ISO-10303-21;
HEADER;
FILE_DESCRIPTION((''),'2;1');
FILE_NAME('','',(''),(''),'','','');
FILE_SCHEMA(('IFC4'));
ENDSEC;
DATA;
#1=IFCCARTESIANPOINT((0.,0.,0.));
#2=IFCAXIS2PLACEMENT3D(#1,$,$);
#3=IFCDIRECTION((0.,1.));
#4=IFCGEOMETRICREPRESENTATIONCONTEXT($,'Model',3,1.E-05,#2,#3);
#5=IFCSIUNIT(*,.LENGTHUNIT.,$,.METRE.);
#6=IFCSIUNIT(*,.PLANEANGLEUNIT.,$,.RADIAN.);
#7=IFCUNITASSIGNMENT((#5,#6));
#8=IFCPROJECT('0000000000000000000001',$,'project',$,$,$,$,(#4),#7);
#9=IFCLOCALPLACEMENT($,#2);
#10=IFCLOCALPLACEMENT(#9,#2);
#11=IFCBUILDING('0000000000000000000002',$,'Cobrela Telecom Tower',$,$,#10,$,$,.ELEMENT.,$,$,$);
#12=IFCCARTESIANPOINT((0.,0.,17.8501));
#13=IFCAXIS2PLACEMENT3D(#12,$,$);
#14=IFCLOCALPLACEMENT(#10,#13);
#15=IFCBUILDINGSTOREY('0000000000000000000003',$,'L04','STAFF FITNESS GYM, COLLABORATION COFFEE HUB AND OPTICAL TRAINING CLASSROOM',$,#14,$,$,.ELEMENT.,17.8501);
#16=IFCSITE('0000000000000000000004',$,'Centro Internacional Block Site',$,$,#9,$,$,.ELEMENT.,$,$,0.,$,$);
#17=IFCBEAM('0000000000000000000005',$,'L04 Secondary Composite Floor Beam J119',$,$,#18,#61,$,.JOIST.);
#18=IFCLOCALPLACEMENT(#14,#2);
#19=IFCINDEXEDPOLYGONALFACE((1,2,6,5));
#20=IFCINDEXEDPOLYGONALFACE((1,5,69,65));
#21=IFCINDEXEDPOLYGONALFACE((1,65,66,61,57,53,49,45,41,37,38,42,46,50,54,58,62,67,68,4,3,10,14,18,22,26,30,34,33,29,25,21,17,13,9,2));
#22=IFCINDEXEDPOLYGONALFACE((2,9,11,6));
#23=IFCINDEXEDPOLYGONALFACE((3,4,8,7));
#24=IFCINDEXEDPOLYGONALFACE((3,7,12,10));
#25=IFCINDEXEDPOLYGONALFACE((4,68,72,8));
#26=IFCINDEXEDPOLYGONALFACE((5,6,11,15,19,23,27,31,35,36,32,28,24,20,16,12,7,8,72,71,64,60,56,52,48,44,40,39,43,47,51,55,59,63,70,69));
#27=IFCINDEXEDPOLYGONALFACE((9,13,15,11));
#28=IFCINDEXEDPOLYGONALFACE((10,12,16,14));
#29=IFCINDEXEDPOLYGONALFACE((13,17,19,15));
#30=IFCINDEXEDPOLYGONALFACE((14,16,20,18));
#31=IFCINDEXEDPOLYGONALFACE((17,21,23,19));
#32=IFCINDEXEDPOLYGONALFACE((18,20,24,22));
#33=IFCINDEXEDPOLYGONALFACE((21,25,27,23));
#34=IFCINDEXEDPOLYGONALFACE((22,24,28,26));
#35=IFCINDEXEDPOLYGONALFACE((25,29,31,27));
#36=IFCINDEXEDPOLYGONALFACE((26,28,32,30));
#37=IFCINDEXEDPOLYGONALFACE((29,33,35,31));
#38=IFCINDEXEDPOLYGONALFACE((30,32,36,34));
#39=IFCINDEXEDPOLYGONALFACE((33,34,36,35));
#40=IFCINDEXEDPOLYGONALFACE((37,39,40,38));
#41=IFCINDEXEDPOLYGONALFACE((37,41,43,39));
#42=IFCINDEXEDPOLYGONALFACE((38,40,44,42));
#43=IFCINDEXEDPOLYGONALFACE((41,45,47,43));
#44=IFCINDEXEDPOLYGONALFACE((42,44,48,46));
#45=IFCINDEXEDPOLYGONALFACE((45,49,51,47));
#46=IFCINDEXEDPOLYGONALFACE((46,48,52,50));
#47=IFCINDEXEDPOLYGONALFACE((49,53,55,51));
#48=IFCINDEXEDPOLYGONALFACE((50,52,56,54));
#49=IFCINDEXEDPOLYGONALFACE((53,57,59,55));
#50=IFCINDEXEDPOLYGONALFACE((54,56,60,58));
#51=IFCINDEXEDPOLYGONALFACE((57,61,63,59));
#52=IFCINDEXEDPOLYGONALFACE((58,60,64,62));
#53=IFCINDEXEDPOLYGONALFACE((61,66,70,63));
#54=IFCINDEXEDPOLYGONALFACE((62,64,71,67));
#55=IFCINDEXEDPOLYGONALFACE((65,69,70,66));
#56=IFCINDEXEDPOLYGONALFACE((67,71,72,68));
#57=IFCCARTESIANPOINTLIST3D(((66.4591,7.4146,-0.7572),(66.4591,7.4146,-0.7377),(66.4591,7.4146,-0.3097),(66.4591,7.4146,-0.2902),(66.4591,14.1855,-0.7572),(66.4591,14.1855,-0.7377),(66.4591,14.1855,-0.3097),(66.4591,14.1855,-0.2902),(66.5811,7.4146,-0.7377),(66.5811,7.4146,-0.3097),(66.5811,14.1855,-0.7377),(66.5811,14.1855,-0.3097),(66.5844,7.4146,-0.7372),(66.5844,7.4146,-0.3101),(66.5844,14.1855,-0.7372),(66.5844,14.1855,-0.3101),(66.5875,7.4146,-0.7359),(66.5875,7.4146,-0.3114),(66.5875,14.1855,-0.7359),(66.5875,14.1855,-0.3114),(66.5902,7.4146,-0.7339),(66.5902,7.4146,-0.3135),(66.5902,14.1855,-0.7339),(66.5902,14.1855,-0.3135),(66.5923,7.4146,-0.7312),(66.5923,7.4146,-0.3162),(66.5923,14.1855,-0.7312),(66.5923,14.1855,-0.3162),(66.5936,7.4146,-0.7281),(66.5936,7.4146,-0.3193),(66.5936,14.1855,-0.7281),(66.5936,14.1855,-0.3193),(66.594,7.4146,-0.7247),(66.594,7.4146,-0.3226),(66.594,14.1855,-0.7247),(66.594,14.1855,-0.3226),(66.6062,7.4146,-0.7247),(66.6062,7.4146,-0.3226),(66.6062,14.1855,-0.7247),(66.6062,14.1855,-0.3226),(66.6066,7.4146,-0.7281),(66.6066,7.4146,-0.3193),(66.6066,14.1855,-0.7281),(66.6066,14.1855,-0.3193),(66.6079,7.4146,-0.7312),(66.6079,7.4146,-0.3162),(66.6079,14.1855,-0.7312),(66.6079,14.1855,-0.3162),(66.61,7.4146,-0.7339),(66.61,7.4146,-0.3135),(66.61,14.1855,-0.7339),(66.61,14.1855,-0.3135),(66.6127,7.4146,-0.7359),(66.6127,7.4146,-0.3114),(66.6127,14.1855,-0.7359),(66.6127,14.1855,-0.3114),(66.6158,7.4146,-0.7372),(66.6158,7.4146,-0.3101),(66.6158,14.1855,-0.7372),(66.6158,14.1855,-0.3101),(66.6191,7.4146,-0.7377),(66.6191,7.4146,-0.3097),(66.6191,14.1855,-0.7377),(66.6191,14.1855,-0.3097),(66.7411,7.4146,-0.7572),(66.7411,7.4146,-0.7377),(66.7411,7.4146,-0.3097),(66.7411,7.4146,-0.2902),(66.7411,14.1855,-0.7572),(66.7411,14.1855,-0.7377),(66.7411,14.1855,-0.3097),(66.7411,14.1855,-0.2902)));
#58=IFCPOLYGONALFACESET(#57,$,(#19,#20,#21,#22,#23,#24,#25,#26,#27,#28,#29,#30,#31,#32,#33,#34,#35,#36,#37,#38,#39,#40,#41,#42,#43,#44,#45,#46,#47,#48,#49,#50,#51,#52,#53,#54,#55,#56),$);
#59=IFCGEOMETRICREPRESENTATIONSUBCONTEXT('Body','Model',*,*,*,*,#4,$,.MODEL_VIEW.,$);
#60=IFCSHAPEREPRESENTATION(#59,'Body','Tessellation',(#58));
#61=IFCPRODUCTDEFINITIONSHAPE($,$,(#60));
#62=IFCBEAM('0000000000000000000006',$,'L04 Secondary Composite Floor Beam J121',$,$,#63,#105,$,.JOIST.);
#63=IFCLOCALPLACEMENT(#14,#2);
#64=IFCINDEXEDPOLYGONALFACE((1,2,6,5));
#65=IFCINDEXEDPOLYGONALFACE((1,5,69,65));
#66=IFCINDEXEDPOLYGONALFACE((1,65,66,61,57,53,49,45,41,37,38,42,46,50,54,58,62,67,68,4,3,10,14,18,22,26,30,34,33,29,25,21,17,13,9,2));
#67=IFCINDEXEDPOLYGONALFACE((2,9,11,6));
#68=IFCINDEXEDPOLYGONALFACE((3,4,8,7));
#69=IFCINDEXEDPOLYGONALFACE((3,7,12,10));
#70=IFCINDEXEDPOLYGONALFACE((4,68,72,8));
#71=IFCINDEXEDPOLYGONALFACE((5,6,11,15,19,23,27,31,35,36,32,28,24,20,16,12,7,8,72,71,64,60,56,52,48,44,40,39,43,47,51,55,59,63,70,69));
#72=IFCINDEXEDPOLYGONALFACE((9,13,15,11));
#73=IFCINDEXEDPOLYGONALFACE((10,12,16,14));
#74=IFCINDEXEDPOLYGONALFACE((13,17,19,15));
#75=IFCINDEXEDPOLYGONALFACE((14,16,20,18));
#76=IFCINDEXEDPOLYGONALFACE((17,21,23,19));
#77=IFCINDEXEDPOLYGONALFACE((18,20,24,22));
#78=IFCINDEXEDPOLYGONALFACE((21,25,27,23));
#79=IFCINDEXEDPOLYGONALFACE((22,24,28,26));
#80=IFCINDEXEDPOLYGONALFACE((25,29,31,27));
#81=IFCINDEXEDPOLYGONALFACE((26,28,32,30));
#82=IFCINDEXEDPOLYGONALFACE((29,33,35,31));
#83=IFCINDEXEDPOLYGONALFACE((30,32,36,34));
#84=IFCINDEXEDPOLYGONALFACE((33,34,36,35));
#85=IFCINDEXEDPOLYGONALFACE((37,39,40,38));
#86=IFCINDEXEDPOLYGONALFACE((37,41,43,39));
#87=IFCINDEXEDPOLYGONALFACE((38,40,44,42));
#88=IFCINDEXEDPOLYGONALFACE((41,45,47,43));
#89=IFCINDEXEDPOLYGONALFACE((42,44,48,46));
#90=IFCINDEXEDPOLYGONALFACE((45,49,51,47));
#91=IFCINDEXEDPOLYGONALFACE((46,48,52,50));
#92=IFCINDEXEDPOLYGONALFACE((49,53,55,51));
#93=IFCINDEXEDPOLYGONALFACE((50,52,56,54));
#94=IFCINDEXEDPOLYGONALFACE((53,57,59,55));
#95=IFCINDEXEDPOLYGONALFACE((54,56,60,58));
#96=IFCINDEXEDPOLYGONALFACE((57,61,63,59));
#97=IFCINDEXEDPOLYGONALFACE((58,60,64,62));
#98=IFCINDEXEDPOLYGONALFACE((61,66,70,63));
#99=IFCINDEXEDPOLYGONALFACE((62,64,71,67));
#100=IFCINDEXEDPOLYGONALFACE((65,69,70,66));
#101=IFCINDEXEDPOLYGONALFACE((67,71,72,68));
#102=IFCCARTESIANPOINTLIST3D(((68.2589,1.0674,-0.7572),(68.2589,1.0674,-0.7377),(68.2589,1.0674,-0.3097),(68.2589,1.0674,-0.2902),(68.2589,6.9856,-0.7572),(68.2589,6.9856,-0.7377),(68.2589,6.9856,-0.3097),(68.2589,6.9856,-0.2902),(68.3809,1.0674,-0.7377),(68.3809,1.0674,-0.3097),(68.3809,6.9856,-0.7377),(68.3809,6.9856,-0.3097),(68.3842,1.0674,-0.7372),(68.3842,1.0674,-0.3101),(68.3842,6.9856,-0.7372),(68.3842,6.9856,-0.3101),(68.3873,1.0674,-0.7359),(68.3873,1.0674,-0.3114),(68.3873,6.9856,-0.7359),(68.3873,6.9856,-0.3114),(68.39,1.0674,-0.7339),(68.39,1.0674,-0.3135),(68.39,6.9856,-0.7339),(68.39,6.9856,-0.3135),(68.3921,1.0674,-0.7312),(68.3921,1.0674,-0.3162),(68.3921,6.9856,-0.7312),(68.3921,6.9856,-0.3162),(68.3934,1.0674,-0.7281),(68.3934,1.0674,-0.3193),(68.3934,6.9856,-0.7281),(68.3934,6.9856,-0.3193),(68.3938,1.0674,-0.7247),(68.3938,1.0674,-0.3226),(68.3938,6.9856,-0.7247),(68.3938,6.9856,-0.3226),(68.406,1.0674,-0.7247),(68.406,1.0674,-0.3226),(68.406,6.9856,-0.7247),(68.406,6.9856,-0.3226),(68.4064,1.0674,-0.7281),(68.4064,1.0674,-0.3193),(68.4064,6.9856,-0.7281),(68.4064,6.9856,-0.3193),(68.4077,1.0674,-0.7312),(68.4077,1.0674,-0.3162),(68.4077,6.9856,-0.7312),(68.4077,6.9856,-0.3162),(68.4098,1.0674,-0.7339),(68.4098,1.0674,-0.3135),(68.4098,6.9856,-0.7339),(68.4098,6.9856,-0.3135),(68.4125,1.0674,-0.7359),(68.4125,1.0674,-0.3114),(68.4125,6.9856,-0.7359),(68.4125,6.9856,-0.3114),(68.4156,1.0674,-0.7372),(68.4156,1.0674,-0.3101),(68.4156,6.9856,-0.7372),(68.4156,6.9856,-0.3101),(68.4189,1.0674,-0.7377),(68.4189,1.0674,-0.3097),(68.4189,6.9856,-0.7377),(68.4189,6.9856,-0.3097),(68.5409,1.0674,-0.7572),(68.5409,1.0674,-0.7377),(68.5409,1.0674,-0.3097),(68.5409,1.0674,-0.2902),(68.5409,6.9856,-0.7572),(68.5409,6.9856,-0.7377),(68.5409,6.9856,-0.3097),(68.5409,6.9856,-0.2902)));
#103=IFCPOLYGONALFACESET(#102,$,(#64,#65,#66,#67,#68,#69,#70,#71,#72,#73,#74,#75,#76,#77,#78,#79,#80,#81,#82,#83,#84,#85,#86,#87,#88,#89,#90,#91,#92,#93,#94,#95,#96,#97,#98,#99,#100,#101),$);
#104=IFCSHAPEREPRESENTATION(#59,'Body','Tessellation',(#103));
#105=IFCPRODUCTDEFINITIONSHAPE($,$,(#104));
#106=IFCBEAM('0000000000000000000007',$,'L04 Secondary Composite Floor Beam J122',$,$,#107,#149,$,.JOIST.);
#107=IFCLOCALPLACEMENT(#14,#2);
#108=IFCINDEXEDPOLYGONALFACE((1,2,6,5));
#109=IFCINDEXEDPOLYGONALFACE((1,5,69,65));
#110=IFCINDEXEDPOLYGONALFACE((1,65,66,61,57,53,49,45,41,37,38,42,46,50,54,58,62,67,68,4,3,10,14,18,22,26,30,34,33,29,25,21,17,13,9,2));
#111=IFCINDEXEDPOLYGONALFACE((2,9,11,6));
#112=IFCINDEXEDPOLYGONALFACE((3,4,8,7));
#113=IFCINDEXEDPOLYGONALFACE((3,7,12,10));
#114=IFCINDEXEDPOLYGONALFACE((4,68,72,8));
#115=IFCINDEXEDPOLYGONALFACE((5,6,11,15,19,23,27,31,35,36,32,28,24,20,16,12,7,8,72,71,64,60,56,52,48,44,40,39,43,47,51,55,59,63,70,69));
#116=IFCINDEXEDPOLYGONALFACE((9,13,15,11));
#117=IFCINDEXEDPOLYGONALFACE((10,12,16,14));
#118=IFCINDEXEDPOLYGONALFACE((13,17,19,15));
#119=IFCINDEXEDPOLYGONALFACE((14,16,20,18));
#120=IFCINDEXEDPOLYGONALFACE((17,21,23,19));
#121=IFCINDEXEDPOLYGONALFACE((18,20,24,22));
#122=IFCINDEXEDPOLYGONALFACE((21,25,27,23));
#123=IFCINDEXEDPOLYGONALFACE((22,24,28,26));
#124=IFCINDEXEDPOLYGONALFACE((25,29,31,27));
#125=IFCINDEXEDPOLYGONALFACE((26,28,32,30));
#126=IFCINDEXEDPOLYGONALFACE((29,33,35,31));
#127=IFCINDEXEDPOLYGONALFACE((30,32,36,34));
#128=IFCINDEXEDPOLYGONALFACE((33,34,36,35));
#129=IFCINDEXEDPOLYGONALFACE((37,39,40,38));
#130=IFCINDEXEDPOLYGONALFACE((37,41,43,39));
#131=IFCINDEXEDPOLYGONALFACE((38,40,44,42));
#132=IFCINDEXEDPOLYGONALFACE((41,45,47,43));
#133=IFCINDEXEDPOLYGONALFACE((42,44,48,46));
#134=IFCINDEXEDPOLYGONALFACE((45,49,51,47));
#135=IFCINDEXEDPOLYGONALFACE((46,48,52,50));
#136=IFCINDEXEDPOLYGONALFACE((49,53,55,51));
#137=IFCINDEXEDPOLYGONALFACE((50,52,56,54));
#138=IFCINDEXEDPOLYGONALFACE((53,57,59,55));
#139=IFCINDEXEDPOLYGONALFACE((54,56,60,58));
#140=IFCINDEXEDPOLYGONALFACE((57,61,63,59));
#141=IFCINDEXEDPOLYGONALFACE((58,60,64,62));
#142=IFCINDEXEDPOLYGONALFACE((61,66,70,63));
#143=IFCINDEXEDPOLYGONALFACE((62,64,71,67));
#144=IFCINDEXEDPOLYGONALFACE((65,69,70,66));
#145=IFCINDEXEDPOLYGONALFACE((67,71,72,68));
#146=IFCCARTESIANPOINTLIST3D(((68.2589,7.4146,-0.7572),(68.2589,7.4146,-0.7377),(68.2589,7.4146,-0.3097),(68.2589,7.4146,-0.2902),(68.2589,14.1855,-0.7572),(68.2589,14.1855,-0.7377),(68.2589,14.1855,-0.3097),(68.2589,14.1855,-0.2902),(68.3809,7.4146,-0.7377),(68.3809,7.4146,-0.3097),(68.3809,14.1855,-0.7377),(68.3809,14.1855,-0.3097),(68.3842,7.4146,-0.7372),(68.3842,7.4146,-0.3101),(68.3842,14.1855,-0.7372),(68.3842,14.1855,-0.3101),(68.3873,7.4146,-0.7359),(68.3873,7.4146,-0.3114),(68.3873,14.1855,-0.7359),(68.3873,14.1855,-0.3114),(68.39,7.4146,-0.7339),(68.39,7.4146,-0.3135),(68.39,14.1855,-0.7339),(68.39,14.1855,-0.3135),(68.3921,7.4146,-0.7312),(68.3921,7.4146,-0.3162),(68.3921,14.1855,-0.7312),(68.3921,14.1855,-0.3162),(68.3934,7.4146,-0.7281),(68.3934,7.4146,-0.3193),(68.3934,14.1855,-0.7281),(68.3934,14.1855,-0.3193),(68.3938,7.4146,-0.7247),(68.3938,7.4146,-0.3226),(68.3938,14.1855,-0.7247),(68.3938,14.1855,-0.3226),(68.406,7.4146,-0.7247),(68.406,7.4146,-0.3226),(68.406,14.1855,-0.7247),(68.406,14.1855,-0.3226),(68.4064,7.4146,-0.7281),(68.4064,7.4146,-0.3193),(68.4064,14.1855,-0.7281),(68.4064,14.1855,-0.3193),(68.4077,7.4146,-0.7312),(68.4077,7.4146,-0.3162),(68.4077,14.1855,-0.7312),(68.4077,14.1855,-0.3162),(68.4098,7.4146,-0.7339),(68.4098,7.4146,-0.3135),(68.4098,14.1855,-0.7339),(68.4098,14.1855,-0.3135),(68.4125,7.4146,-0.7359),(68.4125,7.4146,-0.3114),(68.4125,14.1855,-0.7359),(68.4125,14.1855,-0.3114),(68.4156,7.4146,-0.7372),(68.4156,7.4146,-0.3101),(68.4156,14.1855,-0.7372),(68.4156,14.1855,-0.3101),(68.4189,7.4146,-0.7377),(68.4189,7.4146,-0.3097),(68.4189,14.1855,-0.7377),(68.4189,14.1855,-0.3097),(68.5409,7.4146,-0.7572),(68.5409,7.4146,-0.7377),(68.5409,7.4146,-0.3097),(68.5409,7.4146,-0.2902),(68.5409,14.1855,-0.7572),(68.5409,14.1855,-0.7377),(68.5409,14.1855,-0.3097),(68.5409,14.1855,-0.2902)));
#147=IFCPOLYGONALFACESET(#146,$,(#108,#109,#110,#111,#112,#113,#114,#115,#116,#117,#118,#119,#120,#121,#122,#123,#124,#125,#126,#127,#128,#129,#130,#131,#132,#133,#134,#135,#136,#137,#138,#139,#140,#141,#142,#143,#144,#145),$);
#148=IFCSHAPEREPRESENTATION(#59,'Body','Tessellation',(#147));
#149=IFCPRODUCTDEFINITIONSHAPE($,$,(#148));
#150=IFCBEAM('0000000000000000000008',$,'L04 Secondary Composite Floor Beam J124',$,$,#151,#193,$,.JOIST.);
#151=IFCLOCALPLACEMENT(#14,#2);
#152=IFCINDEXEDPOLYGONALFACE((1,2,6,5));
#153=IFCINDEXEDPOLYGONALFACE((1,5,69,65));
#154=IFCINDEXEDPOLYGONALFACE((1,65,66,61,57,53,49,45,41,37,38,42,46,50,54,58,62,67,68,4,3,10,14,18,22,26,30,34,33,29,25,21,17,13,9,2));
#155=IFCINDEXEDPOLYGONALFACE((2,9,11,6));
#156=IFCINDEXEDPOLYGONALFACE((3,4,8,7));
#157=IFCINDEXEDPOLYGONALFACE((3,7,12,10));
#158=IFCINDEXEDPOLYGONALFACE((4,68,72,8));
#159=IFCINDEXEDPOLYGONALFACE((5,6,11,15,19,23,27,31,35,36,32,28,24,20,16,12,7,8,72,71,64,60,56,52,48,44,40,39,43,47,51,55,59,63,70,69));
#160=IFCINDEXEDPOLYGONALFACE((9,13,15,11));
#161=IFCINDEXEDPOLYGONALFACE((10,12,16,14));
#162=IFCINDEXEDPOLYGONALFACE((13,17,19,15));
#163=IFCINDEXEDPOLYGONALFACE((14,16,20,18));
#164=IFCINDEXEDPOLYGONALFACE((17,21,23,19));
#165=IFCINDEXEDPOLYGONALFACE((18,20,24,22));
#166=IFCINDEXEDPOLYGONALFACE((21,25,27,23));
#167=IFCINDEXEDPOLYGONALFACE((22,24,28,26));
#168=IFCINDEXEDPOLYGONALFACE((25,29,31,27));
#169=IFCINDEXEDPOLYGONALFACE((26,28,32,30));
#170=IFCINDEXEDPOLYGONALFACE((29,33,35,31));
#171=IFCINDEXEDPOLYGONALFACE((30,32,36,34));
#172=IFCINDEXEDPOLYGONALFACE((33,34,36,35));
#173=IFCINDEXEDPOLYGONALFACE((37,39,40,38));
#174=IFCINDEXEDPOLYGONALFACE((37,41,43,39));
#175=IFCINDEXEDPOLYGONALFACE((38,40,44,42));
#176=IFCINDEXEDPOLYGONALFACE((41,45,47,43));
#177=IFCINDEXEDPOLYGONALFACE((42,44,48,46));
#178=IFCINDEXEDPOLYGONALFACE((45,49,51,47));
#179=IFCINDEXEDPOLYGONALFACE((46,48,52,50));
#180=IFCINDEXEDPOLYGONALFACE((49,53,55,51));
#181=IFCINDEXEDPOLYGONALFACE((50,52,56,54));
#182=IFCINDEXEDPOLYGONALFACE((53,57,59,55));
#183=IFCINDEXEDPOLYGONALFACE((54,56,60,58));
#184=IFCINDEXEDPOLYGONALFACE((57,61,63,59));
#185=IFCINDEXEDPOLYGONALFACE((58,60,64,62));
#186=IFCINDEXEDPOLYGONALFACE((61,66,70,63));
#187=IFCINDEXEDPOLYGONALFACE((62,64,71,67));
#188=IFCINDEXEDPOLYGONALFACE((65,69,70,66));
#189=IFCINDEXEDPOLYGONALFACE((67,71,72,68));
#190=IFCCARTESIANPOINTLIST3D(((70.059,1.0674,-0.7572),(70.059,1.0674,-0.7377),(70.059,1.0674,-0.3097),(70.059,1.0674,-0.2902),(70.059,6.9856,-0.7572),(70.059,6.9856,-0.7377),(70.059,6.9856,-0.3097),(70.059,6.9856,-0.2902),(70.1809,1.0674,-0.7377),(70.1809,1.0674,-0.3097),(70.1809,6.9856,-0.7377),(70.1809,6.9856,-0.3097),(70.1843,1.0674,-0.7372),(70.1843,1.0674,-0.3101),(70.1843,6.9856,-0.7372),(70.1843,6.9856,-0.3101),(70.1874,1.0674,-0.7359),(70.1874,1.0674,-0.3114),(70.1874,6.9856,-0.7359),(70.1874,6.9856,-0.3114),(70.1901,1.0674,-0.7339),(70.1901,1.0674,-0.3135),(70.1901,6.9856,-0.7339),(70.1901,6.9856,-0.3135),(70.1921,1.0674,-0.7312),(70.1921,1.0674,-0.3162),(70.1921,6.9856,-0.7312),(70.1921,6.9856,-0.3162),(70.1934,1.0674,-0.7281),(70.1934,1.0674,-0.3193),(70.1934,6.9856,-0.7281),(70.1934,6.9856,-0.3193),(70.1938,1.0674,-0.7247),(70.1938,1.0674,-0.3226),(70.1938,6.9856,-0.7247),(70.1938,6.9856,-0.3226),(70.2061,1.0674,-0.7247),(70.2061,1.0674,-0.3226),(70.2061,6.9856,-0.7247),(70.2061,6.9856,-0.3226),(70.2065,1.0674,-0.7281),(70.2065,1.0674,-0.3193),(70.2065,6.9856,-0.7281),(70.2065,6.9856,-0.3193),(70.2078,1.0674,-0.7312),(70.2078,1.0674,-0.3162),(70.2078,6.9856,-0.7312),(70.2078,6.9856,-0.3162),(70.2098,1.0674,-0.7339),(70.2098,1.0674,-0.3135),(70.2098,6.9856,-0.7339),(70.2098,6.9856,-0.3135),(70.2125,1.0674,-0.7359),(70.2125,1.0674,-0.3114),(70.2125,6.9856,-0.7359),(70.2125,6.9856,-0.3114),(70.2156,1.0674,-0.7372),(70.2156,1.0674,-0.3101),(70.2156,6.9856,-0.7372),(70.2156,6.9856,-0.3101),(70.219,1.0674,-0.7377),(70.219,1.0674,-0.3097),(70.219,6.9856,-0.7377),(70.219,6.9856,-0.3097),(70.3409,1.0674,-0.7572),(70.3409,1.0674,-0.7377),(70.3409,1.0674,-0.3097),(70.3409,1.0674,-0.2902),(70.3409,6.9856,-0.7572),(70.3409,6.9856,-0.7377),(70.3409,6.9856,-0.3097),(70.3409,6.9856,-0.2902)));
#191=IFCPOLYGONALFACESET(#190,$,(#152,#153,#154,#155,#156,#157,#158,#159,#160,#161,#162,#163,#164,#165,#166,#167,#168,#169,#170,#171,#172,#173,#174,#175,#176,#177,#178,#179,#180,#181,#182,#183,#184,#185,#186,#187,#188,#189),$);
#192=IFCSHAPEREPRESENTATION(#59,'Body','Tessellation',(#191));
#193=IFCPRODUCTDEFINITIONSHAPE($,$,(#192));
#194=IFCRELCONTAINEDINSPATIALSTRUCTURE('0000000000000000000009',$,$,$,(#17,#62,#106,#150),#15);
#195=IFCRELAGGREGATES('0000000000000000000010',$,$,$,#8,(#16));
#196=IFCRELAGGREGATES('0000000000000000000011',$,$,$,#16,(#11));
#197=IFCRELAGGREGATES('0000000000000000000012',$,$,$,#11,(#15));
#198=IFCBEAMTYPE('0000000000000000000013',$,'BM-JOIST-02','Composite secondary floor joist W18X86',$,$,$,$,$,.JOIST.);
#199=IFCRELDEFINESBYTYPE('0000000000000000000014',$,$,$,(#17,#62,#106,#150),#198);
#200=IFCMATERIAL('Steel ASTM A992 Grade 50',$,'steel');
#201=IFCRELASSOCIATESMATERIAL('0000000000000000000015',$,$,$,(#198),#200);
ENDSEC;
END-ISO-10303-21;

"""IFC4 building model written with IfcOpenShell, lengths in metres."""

from ifc_helpers import new_model, si_unit, direction, frame, origin, origin_2d, place, context, subcontext, project, spatial, i_section, extrude, material, material_profile, profile_set, type_object, element, save


model = new_model("IFC4")

# Units and contexts
model_context = context("Model", 3, precision=1e-05, world=origin(), true_north=direction((0.0, 1.0)))
body_context = subcontext(model_context, "Body", "Model", "MODEL_VIEW")
ifc_project = project(units=[si_unit("LENGTHUNIT", "METRE"), si_unit("PLANEANGLEUNIT", "RADIAN")], contexts=[model_context])

# Site, building, storey
site_placement = place(None, origin())
site = spatial("IfcSite", under=ifc_project, at=site_placement, Name="Centro Internacional Block Site", CompositionType="ELEMENT", RefElevation=0.0)
building_placement = place(site_placement, origin())
building = spatial("IfcBuilding", under=site, at=building_placement, Name="Cobrela Telecom Tower", CompositionType="ELEMENT")
storey_placement = place(building_placement, frame((0.0, 0.0, 17.8501)))
storey = spatial("IfcBuildingStorey", under=building, at=storey_placement, Name="L04", Description="STAFF FITNESS GYM, COLLABORATION COFFEE HUB AND OPTICAL TRAINING CLASSROOM", CompositionType="ELEMENT", Elevation=17.8501)

# Beams
ifc_material_1 = material(Name="Steel ASTM A992 Grade 50", Category="steel")
ifc_material_profile_1 = material_profile(ifc_material_1, i_section(OverallWidth=0.282, OverallDepth=0.467, WebThickness=0.0122, FlangeThickness=0.0195, FilletRadius=0.0129, at=origin_2d()), Name="W18X86")
ifc_profile_set_1 = profile_set([ifc_material_profile_1], Name="Steel ASTM A992 Grade 50")
beam_type_1 = type_object("IfcBeamType", Name="BM-JOIST-02", Description="Composite secondary floor joist W18X86", PredefinedType="JOIST", material=ifc_profile_set_1)
beam_1_placement = place(storey_placement, frame((66.6001, 7.4146, -0.5237), z_axis=(0.0, 1.0, 0.0), x_axis=(-1.0, 0.0, 0.0)))
element("IfcBeam", 1, at=beam_1_placement, inside=storey, type_object=beam_type_1, Name="L04 Secondary Composite Floor Beam J119", PredefinedType="JOIST", context=body_context, shape_type="SweptSolid", body=[
    extrude(i_section(OverallWidth=0.282, OverallDepth=0.467, WebThickness=0.0122, FlangeThickness=0.0195, FilletRadius=0.0129, at=origin_2d()), origin(), (0.0, 0.0, 1.0), 6.771),
])
beam_2_placement = place(storey_placement, frame((68.3999, 1.0674, -0.5237), z_axis=(0.0, 1.0, 0.0), x_axis=(-1.0, 0.0, 0.0)))
element("IfcBeam", 2, at=beam_2_placement, inside=storey, type_object=beam_type_1, Name="L04 Secondary Composite Floor Beam J121", PredefinedType="JOIST", context=body_context, shape_type="SweptSolid", body=[
    extrude(i_section(OverallWidth=0.282, OverallDepth=0.467, WebThickness=0.0122, FlangeThickness=0.0195, FilletRadius=0.0129, at=origin_2d()), origin(), (0.0, 0.0, 1.0), 5.9182),
])
beam_3_placement = place(storey_placement, frame((68.3999, 7.4146, -0.5237), z_axis=(0.0, 1.0, 0.0), x_axis=(-1.0, 0.0, 0.0)))
element("IfcBeam", 3, at=beam_3_placement, inside=storey, type_object=beam_type_1, Name="L04 Secondary Composite Floor Beam J122", PredefinedType="JOIST", context=body_context, shape_type="SweptSolid", body=[
    extrude(i_section(OverallWidth=0.282, OverallDepth=0.467, WebThickness=0.0122, FlangeThickness=0.0195, FilletRadius=0.0129, at=origin_2d()), origin(), (0.0, 0.0, 1.0), 6.771),
])
beam_4_placement = place(storey_placement, frame((70.2, 1.0674, -0.5237), z_axis=(0.0, 1.0, 0.0), x_axis=(-1.0, 0.0, 0.0)))
element("IfcBeam", 4, at=beam_4_placement, inside=storey, type_object=beam_type_1, Name="L04 Secondary Composite Floor Beam J124", PredefinedType="JOIST", context=body_context, shape_type="SweptSolid", body=[
    extrude(i_section(OverallWidth=0.282, OverallDepth=0.467, WebThickness=0.0122, FlangeThickness=0.0195, FilletRadius=0.0129, at=origin_2d()), origin(), (0.0, 0.0, 1.0), 5.9182),
])

save(model, "model.ifc")
